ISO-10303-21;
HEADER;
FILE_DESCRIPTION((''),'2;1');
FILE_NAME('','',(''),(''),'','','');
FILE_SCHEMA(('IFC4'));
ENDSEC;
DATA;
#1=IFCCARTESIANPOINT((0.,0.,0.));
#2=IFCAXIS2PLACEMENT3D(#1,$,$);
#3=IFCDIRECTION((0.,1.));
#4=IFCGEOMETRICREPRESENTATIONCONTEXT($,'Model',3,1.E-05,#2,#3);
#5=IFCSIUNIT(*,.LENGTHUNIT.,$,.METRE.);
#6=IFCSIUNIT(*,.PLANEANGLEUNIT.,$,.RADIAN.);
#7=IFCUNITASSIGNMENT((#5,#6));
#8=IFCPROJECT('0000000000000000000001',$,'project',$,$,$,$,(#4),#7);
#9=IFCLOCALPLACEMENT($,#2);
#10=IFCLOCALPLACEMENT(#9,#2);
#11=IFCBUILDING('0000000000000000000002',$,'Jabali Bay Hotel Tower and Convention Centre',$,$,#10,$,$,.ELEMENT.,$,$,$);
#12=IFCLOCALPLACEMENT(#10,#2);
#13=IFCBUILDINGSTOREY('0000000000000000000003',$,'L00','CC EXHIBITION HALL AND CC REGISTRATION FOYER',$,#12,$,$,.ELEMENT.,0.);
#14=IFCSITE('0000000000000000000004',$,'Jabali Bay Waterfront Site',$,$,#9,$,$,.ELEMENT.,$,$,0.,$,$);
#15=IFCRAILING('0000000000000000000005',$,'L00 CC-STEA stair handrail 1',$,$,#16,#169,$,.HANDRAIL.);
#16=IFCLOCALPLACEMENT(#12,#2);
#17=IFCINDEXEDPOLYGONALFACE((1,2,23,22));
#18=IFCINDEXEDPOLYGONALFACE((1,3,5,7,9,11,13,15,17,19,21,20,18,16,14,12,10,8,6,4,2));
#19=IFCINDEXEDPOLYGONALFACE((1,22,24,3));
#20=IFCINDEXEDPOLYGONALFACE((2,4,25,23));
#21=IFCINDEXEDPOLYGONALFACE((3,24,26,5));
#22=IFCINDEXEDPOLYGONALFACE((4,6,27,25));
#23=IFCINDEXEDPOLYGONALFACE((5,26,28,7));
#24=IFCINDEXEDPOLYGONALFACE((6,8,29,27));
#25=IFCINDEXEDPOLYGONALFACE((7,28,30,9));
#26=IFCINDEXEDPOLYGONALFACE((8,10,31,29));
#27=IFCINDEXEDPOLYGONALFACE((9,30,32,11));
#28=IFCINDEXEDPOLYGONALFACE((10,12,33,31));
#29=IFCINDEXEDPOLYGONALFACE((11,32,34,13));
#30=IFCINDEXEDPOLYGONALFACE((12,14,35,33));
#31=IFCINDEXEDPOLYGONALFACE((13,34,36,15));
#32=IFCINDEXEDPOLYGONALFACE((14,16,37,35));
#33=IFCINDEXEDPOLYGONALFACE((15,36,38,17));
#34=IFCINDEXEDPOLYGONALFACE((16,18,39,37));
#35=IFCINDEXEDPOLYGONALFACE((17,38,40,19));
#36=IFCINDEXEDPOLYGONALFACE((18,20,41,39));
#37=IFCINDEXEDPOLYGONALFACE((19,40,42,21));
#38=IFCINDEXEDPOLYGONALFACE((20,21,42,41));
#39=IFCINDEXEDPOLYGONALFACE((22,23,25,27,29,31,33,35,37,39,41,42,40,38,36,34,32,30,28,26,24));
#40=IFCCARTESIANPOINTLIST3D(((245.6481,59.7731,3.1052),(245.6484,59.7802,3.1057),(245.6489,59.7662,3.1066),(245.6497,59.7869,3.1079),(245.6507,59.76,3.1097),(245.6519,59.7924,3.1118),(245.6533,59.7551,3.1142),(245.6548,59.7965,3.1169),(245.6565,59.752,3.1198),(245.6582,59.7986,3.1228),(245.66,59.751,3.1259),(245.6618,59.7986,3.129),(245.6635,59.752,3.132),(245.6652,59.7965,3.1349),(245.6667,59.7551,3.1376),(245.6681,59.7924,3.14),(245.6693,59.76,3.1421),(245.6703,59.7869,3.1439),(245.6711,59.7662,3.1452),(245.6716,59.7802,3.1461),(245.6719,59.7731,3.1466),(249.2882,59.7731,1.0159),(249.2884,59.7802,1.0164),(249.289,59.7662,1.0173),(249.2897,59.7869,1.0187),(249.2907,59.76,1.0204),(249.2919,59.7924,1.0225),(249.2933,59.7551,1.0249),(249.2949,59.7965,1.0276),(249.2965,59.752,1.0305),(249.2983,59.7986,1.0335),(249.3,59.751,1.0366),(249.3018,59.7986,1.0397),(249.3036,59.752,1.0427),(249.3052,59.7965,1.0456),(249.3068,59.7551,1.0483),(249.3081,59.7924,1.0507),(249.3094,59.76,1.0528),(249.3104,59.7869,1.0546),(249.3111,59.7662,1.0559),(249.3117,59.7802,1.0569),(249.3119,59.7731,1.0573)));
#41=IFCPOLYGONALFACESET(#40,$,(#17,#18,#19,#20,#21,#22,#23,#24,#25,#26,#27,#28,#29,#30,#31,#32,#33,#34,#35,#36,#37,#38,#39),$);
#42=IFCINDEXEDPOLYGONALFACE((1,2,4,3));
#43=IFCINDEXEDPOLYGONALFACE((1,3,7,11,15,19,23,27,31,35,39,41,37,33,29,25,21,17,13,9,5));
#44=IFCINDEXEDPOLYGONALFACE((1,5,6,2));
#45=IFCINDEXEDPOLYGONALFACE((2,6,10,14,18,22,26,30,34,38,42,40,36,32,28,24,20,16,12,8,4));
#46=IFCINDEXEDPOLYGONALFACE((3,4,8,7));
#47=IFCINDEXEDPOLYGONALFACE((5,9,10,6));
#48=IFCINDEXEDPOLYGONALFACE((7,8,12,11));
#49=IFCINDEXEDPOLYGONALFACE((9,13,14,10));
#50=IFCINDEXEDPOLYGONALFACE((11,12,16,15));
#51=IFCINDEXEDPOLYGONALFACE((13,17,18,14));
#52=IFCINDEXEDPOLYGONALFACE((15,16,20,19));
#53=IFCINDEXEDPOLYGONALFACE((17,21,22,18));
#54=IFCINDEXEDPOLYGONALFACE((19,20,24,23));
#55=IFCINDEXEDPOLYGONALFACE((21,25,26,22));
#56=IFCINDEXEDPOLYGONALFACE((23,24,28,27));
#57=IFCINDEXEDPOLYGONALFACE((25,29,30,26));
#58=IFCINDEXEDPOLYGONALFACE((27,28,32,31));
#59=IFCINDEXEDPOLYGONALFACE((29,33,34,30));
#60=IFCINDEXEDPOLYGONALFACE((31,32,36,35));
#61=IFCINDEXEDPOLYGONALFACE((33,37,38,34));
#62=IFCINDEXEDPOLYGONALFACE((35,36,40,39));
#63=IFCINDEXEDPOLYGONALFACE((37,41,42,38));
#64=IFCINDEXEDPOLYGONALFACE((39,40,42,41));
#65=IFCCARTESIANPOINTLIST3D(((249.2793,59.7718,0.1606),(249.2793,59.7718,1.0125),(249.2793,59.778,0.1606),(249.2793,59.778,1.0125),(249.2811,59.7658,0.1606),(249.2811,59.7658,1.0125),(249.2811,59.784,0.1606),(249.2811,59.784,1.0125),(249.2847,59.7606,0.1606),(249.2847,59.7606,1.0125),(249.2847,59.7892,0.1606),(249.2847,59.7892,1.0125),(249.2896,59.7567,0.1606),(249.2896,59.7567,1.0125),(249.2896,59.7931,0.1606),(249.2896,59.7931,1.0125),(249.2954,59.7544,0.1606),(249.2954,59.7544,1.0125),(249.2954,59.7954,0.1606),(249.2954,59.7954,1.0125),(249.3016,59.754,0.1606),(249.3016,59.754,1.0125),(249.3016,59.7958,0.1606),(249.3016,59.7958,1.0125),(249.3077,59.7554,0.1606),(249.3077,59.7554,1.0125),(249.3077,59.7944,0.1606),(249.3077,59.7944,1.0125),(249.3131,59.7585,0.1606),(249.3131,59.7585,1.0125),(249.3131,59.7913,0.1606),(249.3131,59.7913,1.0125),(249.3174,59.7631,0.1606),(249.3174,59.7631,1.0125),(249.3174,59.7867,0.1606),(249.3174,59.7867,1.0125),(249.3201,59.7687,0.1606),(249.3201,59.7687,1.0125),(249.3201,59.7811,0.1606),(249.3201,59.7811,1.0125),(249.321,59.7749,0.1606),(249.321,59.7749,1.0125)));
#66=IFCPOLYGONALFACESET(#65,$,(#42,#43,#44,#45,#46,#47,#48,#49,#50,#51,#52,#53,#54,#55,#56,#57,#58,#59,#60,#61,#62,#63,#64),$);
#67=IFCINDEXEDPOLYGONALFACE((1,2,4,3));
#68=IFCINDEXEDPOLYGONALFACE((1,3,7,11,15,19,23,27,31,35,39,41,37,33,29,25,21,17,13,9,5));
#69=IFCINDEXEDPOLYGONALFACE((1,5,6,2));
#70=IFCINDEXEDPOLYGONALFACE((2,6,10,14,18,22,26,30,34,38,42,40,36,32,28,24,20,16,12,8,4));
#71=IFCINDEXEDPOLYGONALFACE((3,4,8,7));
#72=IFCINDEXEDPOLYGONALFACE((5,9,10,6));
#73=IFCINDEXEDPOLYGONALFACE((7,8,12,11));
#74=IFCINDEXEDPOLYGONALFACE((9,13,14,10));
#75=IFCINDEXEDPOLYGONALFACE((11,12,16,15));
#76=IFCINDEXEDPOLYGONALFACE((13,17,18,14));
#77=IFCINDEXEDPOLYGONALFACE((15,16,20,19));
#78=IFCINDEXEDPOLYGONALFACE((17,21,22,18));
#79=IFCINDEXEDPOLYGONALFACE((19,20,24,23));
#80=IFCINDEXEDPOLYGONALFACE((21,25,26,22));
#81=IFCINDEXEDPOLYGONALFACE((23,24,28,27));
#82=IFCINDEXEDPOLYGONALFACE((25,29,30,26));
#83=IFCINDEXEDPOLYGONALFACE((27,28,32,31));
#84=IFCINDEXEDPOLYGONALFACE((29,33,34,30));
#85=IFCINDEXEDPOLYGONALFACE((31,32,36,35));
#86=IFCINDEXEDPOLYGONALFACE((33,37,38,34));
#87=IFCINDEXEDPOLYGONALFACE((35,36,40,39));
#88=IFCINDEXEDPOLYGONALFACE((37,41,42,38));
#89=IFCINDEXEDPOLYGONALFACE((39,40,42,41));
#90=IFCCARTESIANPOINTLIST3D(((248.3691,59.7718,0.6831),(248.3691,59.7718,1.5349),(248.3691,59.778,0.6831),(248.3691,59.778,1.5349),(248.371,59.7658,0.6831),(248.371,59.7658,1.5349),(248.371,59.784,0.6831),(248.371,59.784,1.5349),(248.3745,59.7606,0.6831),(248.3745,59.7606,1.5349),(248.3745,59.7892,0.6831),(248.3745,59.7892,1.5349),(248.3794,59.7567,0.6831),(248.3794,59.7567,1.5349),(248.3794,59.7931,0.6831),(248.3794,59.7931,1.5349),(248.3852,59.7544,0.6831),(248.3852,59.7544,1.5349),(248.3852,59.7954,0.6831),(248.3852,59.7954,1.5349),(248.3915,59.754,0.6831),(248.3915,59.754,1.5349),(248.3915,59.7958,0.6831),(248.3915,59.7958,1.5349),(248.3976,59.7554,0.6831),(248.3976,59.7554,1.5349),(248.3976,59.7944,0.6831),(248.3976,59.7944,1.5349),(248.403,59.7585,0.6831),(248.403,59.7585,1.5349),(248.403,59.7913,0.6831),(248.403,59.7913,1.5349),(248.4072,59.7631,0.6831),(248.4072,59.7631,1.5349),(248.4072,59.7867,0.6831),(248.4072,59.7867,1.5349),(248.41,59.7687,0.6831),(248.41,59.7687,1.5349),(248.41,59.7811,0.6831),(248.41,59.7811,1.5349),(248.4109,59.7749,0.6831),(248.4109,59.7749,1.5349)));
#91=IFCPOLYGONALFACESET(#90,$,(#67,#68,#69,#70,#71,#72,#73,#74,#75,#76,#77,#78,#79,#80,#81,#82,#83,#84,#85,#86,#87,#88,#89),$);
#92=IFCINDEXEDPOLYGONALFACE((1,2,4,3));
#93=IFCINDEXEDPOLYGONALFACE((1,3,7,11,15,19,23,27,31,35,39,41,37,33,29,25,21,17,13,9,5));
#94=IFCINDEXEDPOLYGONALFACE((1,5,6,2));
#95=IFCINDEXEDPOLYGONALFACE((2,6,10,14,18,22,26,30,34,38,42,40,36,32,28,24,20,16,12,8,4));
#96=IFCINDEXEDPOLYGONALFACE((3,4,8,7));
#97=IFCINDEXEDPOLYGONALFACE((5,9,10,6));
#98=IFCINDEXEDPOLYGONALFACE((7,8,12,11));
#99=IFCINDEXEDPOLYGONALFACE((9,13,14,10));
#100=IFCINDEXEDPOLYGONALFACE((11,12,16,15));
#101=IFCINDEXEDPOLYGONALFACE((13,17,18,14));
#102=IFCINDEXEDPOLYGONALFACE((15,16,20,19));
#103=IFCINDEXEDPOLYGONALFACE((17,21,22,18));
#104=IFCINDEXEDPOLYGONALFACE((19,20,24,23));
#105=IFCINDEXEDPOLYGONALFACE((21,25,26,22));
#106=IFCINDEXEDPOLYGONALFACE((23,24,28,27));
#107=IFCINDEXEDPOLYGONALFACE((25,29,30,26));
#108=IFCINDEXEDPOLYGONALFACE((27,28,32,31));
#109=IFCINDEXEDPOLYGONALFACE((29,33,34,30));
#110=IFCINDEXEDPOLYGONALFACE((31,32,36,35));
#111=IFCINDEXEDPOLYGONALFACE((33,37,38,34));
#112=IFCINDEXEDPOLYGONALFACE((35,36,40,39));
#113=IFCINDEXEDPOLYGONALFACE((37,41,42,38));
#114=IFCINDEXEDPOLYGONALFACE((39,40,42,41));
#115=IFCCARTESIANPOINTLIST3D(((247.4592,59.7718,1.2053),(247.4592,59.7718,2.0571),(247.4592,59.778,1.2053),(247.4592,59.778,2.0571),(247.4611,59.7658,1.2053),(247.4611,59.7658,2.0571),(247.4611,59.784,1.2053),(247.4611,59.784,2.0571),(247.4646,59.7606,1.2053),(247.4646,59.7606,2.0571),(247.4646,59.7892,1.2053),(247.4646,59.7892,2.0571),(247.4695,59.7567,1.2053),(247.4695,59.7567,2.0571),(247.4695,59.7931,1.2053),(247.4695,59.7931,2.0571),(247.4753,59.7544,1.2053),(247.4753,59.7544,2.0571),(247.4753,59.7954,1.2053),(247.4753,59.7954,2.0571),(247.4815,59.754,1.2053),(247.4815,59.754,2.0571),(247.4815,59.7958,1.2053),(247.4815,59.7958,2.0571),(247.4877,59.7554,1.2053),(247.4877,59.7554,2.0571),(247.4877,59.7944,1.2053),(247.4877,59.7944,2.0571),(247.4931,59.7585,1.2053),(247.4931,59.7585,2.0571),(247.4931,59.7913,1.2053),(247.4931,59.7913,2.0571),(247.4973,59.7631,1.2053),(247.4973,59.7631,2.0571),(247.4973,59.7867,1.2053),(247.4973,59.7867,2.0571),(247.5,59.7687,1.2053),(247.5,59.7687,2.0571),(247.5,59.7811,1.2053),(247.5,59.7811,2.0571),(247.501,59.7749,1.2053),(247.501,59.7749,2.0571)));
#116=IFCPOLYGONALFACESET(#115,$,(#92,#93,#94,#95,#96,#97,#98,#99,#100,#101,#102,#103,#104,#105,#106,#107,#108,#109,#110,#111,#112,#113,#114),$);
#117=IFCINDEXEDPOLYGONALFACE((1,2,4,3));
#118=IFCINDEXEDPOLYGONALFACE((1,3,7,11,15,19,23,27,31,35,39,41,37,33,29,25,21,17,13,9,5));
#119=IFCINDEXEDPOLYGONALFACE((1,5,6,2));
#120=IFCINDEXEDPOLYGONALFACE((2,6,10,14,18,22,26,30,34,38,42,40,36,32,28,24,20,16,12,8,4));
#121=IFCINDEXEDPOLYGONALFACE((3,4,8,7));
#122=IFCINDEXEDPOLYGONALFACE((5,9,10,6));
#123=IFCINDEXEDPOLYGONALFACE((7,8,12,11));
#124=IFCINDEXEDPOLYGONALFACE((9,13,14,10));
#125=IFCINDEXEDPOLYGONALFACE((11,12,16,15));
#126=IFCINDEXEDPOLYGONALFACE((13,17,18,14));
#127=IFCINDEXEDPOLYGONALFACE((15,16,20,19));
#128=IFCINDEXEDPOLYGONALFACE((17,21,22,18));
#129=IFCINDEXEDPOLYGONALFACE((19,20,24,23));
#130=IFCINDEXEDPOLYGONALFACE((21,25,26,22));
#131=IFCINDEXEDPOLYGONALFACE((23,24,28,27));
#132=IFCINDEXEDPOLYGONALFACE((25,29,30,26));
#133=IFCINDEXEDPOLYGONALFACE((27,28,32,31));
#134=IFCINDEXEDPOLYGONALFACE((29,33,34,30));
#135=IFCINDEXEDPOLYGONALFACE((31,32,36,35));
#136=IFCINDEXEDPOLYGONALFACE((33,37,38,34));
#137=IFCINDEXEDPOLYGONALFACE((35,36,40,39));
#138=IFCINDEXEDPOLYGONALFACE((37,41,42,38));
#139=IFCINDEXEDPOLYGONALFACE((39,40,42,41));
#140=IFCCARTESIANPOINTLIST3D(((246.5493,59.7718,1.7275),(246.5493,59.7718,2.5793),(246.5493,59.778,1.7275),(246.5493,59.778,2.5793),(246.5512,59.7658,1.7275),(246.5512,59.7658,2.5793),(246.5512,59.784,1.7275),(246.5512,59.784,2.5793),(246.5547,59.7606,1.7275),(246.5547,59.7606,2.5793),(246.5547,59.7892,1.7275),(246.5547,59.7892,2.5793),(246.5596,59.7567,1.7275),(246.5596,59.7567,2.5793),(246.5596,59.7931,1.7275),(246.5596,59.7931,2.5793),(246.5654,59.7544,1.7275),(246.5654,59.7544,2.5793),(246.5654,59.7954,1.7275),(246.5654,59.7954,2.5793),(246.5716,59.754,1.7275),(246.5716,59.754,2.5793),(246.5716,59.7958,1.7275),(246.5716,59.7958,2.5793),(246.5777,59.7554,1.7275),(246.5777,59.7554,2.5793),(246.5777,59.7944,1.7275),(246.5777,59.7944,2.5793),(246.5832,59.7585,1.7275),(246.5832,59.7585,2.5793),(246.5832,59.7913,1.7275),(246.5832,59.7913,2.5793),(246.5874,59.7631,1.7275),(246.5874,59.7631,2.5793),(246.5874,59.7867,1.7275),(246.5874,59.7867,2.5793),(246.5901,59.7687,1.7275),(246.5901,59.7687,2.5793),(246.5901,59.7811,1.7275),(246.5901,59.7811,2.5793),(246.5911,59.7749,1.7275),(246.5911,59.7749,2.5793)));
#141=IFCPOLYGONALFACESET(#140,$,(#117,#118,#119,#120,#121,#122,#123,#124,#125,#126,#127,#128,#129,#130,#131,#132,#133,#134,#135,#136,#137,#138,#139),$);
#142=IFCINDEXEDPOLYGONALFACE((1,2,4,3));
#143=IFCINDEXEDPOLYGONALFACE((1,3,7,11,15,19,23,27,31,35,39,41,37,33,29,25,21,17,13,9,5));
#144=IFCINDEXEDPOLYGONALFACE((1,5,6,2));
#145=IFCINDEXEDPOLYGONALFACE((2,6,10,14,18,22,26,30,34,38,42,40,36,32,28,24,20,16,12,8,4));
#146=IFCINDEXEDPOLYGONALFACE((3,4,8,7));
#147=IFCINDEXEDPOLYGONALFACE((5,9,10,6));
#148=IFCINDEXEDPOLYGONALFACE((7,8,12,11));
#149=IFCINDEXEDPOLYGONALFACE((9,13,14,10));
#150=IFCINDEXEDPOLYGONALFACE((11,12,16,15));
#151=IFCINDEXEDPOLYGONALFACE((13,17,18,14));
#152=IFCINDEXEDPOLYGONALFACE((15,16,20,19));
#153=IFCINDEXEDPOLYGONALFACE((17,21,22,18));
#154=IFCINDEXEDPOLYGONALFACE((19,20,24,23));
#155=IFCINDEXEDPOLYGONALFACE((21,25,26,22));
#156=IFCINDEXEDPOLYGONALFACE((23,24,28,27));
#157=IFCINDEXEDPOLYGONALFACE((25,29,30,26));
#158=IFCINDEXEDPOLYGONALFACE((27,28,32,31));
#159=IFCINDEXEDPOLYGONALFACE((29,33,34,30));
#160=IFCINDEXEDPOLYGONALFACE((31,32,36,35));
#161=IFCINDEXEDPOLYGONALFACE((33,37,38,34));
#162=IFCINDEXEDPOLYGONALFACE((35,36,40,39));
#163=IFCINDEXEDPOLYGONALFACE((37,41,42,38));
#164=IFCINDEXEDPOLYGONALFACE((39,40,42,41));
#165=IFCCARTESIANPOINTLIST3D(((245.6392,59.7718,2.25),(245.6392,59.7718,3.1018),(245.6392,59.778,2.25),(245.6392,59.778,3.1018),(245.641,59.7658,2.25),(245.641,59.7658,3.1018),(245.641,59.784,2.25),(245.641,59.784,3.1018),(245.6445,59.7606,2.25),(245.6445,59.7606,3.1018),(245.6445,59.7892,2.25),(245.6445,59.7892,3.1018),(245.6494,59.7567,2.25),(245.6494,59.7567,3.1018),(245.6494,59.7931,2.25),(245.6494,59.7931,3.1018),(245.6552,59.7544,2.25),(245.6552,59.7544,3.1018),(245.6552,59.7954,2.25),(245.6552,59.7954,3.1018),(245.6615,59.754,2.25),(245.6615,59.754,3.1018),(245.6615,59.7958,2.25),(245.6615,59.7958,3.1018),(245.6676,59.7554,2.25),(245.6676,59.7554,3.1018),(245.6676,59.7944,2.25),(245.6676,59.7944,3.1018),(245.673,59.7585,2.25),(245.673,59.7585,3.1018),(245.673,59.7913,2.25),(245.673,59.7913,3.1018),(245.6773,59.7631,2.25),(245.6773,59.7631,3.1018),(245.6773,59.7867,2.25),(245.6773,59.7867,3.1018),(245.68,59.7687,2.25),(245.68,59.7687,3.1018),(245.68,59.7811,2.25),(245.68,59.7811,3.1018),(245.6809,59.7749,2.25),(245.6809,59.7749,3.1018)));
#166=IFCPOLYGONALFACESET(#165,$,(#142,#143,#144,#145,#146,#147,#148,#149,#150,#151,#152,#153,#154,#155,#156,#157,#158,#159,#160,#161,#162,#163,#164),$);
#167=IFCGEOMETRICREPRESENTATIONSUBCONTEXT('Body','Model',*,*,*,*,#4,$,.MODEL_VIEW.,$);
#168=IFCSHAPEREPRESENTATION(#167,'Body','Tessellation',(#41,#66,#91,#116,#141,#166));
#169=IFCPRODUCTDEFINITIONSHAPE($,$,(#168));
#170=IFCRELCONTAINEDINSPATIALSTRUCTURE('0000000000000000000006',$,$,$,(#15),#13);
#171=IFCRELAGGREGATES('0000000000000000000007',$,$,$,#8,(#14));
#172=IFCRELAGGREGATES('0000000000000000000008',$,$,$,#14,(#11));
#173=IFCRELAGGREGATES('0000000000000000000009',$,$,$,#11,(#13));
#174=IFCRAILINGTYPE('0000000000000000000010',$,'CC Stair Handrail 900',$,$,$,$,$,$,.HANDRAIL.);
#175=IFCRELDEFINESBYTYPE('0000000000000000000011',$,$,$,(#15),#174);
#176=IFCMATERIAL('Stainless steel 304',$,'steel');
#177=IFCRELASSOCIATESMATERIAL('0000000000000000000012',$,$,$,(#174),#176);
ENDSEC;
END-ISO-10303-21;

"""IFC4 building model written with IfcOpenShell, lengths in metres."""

from ifc_helpers import new_model, si_unit, direction, frame, origin, origin_2d, place, context, subcontext, project, spatial, circle, extrude, material, type_object, element, save


model = new_model("IFC4")

# Units and contexts
model_context = context("Model", 3, precision=1e-05, world=origin(), true_north=direction((0.0, 1.0)))
body_context = subcontext(model_context, "Body", "Model", "MODEL_VIEW")
ifc_project = project(units=[si_unit("LENGTHUNIT", "METRE"), si_unit("PLANEANGLEUNIT", "RADIAN")], contexts=[model_context])

# Site, building, storey
site_placement = place(None, origin())
site = spatial("IfcSite", under=ifc_project, at=site_placement, Name="Jabali Bay Waterfront Site", CompositionType="ELEMENT", RefElevation=0.0)
building_placement = place(site_placement, origin())
building = spatial("IfcBuilding", under=site, at=building_placement, Name="Jabali Bay Hotel Tower and Convention Centre", CompositionType="ELEMENT")
storey_placement = place(building_placement, origin())
storey = spatial("IfcBuildingStorey", under=building, at=storey_placement, Name="L00", Description="CC EXHIBITION HALL AND CC REGISTRATION FOYER", CompositionType="ELEMENT", Elevation=0.0)

# Railing
ifc_material_1 = material(Name="Stainless steel 304", Category="steel")
railing_type_1 = type_object("IfcRailingType", Name="CC Stair Handrail 900", PredefinedType="HANDRAIL", material=ifc_material_1)
railing_1_placement = place(storey_placement, frame((249.3, 59.7749, 0.1606)))
element("IfcRailing", 1, at=railing_1_placement, inside=storey, type_object=railing_type_1, Name="L00 CC-STEA stair handrail 1", PredefinedType="HANDRAIL", context=body_context, shape_type="SweptSolid", body=[
    extrude(circle(Radius=0.0239, at=origin_2d()), frame((0.0, 0.0, 0.876), z_axis=(-0.867289, 0.0, 0.497804), x_axis=(0.0, -1.0, 0.0)), (0.0, 0.0, 1.0), 4.197),
    extrude(circle(Radius=0.021, at=origin_2d()), origin(), (0.0, 0.0, 1.0), 0.8518),
    extrude(circle(Radius=0.021, at=origin_2d()), frame((-0.9102, 0.0, 0.5225)), (0.0, 0.0, 1.0), 0.8518),
    extrude(circle(Radius=0.021, at=origin_2d()), frame((-1.8201, 0.0, 1.0447)), (0.0, 0.0, 1.0), 0.8518),
    extrude(circle(Radius=0.021, at=origin_2d()), frame((-2.73, 0.0, 1.5669)), (0.0, 0.0, 1.0), 0.8518),
    extrude(circle(Radius=0.021, at=origin_2d()), frame((-3.6401, 0.0, 2.0894)), (0.0, 0.0, 1.0), 0.8518),
])

save(model, "model.ifc")
